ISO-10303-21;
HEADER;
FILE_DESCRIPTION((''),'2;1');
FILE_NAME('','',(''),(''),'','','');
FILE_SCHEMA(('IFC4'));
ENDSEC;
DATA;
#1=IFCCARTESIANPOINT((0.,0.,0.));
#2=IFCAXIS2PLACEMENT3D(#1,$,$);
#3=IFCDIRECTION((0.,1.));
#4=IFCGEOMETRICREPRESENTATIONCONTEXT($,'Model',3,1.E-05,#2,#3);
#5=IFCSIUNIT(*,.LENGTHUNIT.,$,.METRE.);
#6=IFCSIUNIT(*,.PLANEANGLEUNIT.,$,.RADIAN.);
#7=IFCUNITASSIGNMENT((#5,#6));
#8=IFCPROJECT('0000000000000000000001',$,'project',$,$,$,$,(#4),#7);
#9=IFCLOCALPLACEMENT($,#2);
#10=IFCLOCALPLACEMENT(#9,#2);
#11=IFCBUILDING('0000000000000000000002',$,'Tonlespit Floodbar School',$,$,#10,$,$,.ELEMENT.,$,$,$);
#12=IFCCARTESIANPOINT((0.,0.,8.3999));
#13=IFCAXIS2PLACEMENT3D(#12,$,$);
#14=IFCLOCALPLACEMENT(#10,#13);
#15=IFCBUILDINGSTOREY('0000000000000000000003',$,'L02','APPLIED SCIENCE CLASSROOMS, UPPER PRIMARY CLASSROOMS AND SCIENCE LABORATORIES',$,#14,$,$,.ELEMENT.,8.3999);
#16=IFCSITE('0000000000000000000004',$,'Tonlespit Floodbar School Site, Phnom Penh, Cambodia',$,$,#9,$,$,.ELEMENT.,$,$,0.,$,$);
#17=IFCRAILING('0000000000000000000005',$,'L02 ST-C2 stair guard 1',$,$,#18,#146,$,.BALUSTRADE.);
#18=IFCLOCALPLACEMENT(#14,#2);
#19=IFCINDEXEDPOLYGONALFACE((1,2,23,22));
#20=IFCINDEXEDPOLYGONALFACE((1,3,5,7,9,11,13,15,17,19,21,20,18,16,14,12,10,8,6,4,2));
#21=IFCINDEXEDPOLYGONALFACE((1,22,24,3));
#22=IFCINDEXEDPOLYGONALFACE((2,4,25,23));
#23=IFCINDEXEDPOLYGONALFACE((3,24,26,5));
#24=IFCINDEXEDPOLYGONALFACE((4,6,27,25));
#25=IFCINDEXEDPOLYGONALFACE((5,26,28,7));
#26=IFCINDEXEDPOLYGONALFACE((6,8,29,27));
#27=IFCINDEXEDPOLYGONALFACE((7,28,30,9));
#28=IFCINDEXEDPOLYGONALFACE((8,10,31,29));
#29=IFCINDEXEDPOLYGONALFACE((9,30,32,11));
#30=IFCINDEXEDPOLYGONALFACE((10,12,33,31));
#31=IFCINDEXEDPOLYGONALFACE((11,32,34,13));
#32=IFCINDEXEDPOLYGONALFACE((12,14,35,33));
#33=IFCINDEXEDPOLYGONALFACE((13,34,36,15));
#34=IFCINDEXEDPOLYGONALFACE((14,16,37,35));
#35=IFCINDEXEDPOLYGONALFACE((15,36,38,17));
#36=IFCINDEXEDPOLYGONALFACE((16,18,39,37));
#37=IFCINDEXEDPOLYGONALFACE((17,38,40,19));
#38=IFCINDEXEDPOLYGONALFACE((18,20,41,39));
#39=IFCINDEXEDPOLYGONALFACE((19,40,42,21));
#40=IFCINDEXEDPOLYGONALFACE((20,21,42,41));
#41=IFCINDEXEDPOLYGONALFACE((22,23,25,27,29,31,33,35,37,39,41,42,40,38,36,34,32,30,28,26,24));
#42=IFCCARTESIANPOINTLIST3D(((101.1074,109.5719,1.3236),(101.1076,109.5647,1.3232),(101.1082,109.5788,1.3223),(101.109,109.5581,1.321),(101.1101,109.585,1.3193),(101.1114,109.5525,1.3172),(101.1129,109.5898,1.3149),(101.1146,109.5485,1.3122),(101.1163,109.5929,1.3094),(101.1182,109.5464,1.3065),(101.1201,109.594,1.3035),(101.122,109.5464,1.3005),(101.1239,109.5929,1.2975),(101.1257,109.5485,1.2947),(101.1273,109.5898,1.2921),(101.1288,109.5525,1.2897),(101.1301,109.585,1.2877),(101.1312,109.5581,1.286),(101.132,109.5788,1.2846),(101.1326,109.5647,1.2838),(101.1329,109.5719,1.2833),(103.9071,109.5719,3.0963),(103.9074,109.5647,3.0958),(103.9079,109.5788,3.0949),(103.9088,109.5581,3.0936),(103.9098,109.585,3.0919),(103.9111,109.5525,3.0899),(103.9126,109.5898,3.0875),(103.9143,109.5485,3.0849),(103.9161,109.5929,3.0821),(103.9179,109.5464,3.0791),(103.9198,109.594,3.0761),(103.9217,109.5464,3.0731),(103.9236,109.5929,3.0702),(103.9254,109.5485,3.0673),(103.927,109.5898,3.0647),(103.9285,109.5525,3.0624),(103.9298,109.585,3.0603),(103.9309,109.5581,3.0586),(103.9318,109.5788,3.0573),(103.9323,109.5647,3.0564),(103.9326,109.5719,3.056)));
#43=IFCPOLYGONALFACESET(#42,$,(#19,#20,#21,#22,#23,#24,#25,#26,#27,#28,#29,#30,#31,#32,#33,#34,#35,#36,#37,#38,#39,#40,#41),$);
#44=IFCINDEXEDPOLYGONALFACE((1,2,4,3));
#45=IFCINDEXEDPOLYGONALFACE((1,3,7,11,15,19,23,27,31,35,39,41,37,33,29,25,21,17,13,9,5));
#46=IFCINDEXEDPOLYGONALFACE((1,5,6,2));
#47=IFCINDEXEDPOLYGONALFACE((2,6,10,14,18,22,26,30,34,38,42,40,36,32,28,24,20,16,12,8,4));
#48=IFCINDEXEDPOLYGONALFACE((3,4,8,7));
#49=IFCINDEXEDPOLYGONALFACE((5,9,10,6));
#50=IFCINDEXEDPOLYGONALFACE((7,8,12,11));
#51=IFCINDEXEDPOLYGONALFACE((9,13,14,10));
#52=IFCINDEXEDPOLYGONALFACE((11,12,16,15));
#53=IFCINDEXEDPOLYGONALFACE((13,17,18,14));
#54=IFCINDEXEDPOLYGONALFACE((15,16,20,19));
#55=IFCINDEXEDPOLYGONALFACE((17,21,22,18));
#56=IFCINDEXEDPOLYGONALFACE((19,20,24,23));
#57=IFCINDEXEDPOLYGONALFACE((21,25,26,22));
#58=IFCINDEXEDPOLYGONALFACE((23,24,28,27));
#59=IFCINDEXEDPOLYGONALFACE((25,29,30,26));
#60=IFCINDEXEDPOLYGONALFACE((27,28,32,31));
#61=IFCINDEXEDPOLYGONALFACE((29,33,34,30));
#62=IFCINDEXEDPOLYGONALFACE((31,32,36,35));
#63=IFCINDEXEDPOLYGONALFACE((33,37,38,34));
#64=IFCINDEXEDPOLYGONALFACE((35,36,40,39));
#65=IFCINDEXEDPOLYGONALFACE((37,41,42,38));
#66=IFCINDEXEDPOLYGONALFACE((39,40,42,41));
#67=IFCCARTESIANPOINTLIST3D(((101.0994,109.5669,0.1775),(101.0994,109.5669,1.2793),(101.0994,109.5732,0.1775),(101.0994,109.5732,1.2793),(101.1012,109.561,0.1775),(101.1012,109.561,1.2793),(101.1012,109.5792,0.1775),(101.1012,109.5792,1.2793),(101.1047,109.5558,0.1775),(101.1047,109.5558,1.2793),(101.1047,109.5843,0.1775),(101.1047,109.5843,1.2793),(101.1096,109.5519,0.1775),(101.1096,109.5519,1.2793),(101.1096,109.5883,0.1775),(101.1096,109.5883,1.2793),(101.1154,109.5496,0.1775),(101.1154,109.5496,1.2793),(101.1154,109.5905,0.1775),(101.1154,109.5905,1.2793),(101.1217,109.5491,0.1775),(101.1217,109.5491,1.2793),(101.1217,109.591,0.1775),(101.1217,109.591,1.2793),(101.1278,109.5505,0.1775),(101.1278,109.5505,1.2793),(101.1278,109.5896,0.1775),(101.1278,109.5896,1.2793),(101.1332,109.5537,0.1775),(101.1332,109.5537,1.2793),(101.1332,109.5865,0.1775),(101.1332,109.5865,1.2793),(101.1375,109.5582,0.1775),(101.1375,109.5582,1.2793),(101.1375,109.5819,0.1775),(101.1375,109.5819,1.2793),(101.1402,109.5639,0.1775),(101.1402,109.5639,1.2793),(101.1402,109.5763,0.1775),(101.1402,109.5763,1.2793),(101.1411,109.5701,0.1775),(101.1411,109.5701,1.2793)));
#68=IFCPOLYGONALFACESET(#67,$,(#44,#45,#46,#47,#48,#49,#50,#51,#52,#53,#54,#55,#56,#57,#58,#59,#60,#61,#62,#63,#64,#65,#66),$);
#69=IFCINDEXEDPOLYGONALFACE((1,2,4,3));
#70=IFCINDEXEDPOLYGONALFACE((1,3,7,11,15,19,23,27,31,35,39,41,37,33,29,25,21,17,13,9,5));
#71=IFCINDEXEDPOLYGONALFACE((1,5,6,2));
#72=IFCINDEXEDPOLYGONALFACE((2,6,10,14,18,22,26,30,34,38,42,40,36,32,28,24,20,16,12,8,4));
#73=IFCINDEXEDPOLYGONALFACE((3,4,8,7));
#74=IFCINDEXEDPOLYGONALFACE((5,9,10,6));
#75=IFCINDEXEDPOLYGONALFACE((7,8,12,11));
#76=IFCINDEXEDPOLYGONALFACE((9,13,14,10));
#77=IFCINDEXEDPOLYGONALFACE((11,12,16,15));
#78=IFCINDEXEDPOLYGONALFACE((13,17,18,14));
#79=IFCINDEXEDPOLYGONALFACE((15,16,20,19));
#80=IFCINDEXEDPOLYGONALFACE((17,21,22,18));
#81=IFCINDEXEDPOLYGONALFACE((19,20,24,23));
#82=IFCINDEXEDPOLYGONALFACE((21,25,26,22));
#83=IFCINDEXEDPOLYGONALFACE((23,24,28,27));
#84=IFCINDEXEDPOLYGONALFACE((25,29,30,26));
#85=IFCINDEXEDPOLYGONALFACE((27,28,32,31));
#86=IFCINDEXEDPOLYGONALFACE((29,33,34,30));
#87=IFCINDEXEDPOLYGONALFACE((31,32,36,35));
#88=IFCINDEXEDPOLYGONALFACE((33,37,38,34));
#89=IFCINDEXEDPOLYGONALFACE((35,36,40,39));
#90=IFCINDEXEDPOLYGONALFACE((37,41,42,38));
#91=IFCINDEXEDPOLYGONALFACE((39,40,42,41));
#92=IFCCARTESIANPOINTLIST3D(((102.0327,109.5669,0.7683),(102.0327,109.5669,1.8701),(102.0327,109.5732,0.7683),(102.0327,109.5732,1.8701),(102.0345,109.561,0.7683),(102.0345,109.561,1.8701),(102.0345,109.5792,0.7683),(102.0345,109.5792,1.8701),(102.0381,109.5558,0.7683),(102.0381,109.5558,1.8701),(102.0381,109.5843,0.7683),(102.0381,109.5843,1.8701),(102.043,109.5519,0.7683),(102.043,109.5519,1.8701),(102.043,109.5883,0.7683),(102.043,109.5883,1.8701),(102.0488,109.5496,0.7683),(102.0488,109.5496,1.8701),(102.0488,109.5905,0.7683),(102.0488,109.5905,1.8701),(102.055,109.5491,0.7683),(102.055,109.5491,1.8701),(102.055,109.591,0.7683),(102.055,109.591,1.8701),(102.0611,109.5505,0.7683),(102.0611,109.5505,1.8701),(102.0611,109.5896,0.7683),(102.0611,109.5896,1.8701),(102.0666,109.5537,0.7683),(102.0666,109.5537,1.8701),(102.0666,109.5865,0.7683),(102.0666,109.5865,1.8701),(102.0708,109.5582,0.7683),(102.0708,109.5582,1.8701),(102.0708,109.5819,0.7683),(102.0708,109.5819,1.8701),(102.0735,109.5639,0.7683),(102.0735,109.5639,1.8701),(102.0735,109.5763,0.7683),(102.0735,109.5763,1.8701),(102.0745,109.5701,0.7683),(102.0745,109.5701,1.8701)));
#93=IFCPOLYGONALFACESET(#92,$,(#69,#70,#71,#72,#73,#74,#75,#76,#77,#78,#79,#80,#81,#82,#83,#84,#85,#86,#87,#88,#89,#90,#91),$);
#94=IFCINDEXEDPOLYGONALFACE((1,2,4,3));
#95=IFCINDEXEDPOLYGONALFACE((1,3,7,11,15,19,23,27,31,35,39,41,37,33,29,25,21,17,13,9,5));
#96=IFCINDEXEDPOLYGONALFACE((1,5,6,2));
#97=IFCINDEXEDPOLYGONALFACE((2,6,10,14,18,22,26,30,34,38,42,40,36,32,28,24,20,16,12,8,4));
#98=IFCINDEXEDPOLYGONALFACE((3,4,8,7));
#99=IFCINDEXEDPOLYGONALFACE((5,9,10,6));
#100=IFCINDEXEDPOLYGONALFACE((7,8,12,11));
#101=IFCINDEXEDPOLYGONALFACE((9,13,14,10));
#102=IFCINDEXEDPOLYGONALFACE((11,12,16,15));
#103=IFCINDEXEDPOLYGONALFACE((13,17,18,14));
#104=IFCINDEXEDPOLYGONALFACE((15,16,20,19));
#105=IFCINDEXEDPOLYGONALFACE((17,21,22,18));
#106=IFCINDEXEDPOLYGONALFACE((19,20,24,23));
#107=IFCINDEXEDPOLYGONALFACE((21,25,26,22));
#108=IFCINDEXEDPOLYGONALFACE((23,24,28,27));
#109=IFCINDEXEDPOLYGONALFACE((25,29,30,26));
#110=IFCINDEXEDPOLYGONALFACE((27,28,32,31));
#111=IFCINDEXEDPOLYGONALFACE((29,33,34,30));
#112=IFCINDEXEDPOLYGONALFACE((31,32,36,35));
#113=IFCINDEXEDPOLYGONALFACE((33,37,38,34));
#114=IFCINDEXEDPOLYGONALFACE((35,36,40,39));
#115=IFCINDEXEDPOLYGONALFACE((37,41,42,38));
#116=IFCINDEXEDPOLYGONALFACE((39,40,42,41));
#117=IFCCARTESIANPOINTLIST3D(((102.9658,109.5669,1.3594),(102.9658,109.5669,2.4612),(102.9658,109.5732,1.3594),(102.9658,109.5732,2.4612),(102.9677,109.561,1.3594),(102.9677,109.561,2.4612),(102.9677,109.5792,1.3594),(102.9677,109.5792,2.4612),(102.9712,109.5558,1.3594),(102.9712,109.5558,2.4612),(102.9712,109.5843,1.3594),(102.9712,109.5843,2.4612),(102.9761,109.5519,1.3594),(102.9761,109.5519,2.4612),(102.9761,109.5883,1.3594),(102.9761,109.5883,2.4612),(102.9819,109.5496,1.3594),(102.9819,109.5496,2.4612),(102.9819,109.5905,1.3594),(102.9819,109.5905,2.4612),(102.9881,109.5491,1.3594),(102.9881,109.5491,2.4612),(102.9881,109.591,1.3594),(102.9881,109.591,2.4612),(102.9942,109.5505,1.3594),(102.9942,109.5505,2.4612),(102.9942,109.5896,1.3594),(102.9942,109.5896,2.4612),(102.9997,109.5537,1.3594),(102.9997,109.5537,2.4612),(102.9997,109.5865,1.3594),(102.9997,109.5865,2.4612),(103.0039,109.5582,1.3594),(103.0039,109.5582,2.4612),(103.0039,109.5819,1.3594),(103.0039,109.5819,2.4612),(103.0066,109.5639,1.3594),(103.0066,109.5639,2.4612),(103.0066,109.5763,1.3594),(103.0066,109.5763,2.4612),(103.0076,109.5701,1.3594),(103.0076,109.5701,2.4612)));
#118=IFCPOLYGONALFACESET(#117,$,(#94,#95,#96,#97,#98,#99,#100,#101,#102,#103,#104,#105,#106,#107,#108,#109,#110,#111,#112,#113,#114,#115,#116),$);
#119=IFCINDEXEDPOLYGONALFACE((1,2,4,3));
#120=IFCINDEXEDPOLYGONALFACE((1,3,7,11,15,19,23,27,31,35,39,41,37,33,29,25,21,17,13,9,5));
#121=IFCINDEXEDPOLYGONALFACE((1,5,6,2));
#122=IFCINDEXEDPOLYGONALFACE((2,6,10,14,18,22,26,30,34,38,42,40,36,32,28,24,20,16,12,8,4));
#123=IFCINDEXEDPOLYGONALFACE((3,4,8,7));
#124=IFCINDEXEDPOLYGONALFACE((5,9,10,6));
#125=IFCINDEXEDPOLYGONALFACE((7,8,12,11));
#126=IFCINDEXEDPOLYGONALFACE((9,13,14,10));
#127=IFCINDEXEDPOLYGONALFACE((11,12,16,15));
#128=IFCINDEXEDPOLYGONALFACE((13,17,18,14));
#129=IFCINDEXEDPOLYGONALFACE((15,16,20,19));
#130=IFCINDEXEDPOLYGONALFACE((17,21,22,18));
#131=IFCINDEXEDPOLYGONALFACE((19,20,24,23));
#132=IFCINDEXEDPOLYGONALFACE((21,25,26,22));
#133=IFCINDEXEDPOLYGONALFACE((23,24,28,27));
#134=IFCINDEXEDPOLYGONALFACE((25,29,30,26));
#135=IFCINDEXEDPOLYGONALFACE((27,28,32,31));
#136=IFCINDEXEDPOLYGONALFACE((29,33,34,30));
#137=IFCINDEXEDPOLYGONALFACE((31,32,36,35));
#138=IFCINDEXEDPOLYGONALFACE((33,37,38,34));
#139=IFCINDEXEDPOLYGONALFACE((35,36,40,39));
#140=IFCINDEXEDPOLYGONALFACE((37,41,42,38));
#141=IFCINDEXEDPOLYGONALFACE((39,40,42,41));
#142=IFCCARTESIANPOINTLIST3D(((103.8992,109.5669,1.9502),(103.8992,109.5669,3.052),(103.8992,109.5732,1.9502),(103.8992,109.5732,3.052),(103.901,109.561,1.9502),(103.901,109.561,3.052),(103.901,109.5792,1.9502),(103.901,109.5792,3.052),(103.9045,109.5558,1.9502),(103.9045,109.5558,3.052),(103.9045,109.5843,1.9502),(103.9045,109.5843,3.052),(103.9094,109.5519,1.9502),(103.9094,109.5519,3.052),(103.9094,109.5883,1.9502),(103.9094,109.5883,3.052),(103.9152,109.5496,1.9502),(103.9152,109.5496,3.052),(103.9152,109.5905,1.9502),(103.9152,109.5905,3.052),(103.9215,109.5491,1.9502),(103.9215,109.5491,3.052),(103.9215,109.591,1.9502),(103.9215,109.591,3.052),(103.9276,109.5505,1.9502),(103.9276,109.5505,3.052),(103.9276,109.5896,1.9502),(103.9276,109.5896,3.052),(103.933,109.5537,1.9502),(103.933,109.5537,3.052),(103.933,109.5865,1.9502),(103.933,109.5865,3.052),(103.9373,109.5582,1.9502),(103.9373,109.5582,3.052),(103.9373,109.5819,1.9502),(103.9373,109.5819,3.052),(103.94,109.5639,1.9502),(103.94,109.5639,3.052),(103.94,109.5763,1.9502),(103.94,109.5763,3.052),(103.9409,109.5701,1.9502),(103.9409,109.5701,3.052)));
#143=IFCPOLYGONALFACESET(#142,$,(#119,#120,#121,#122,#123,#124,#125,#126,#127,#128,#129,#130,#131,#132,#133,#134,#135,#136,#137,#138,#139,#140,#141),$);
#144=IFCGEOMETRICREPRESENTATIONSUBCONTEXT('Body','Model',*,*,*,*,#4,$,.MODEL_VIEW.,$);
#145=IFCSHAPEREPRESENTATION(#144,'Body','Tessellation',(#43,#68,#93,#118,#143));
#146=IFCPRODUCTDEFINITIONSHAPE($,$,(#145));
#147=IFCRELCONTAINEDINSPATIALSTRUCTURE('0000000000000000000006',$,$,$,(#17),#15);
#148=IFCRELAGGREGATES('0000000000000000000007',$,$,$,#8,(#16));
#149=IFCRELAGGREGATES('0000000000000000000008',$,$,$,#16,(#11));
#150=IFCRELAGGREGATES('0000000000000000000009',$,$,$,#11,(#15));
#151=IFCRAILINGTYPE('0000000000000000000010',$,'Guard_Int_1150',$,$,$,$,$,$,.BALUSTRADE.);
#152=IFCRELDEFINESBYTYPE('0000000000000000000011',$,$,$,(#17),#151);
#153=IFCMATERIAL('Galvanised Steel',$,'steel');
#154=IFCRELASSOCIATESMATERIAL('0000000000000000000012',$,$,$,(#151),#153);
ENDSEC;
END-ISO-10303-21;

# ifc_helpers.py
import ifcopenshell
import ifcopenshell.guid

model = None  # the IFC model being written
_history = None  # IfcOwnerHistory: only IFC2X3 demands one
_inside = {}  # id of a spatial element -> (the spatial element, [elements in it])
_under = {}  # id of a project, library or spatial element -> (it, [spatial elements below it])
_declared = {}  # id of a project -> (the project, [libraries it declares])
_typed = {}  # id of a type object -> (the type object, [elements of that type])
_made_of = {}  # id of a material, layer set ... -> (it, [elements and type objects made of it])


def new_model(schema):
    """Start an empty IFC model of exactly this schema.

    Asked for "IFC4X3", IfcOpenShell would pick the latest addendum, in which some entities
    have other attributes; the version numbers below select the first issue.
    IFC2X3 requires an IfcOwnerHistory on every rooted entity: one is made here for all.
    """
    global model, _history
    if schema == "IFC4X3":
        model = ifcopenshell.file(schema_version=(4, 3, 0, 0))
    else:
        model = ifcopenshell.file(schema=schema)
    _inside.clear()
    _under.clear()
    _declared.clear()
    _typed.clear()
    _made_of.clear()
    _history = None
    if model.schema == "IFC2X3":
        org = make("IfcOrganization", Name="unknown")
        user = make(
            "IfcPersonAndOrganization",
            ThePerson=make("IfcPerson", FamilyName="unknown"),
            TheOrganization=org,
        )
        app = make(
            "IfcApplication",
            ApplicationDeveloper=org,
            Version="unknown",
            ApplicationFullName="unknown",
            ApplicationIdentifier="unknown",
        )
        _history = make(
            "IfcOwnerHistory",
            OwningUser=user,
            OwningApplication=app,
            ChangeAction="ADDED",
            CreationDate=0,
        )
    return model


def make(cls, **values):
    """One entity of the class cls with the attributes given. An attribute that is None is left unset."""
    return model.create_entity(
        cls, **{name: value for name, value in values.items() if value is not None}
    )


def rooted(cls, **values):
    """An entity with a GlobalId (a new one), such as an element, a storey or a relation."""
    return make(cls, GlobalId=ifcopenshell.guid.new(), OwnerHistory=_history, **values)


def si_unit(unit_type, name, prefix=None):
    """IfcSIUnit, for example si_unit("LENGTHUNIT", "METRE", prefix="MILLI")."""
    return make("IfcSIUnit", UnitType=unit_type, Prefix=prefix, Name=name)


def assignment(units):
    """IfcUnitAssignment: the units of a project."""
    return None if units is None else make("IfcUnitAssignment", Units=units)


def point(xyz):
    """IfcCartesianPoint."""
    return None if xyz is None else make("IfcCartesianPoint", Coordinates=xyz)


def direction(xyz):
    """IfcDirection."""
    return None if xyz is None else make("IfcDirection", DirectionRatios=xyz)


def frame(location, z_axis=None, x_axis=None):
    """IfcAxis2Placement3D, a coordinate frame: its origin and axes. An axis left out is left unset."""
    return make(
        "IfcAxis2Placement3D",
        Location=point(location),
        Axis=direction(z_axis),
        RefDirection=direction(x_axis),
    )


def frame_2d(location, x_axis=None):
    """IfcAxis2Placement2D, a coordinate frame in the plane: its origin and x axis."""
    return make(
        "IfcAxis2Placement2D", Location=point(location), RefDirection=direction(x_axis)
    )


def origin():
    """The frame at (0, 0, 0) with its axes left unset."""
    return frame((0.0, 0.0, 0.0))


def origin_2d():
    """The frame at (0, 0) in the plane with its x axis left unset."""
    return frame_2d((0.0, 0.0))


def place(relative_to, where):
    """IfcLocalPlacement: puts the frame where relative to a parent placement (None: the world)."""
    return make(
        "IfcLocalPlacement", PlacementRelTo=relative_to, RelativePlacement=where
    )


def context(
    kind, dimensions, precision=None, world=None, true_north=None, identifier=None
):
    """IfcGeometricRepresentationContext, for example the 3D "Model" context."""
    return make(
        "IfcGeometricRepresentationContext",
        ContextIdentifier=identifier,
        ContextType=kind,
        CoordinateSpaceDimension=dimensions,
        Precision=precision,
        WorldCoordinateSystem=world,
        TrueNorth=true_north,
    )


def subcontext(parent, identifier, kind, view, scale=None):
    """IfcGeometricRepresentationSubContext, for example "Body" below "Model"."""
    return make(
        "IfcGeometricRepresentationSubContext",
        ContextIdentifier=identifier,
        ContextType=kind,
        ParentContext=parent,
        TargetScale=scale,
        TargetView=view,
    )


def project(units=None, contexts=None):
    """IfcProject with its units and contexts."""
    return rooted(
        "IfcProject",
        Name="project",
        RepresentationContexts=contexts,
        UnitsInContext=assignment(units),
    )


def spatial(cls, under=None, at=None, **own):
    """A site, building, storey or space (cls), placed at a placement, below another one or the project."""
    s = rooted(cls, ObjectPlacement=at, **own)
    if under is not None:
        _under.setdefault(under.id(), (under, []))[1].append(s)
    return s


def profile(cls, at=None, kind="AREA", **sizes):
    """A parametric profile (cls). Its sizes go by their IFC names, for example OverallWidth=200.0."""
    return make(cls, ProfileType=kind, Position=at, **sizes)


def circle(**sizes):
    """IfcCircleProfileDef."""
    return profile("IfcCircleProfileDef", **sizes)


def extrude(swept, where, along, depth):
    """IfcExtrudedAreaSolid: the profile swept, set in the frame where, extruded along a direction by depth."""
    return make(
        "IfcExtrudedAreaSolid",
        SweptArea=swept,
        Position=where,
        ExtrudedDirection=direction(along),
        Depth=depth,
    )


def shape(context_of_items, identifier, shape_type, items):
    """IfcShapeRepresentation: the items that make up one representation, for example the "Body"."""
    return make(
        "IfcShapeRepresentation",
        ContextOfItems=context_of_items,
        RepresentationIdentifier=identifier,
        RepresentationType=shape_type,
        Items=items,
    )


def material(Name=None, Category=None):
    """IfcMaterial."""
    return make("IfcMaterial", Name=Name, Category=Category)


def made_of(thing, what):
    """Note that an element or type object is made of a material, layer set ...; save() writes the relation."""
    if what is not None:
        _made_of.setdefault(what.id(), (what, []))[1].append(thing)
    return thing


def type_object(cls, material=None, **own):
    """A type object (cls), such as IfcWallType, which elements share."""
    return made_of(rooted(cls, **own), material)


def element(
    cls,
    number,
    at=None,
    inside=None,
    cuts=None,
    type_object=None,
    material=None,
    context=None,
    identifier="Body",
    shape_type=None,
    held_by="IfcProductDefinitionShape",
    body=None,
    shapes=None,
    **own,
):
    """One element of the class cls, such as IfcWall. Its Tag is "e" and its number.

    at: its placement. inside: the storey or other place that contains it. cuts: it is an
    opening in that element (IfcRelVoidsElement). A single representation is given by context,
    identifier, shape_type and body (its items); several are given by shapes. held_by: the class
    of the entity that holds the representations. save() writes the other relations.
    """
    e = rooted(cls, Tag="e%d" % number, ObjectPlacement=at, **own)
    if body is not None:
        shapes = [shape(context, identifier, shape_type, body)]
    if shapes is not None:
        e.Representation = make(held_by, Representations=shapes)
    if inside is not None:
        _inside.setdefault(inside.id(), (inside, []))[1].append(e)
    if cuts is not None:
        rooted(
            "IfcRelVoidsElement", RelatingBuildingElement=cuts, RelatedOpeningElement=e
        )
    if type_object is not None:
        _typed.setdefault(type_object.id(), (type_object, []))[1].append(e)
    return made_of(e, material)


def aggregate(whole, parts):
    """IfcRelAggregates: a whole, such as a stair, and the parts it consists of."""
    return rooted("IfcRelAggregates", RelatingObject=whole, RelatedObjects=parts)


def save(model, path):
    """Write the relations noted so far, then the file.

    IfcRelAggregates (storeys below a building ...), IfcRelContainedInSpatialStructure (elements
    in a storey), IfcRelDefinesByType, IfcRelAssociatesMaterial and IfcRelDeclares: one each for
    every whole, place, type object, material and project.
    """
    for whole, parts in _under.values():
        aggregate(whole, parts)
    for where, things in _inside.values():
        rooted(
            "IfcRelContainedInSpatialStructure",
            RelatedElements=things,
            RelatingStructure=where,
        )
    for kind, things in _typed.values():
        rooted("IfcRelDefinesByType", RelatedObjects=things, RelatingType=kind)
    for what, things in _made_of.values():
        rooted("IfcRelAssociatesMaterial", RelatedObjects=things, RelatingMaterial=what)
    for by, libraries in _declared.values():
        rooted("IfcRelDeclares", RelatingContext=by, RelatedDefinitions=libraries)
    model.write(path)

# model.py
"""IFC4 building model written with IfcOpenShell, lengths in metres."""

from ifc_helpers import new_model, si_unit, direction, frame, origin, origin_2d, place, context, subcontext, project, spatial, circle, extrude, material, type_object, element, save


model = new_model("IFC4")

# Units and contexts
model_context = context("Model", 3, precision=1e-05, world=origin(), true_north=direction((0.0, 1.0)))
body_context = subcontext(model_context, "Body", "Model", "MODEL_VIEW")
ifc_project = project(units=[si_unit("LENGTHUNIT", "METRE"), si_unit("PLANEANGLEUNIT", "RADIAN")], contexts=[model_context])

# Site, building, storey
site_placement = place(None, origin())
site = spatial("IfcSite", under=ifc_project, at=site_placement, Name="Tonlespit Floodbar School Site, Phnom Penh, Cambodia", CompositionType="ELEMENT", RefElevation=0.0)
building_placement = place(site_placement, origin())
building = spatial("IfcBuilding", under=site, at=building_placement, Name="Tonlespit Floodbar School", CompositionType="ELEMENT")
storey_placement = place(building_placement, frame((0.0, 0.0, 8.3999)))
storey = spatial("IfcBuildingStorey", under=building, at=storey_placement, Name="L02", Description="APPLIED SCIENCE CLASSROOMS, UPPER PRIMARY CLASSROOMS AND SCIENCE LABORATORIES", CompositionType="ELEMENT", Elevation=8.3999)

# Railing
ifc_material_1 = material(Name="Galvanised Steel", Category="steel")
railing_type_1 = type_object("IfcRailingType", Name="Guard_Int_1150", PredefinedType="BALUSTRADE", material=ifc_material_1)
railing_1_placement = place(storey_placement, frame((101.1201, 109.5701, 0.1775)))
element("IfcRailing", 1, at=railing_1_placement, inside=storey, type_object=railing_type_1, Name="L02 ST-C2 stair guard 1", PredefinedType="BALUSTRADE", context=body_context, shape_type="SweptSolid", body=[
    extrude(circle(Radius=0.0239, at=origin_2d()), frame((0.0, 0.0, 1.126), z_axis=(0.844888, 0.0, 0.534943), x_axis=(0.0, 1.0, 0.0)), (0.0, 0.0, 1.0), 3.3137),
    extrude(circle(Radius=0.021, at=origin_2d()), origin(), (0.0, 0.0, 1.0), 1.1018),
    extrude(circle(Radius=0.021, at=origin_2d()), frame((0.9333, 0.0, 0.5908)), (0.0, 0.0, 1.0), 1.1018),
    extrude(circle(Radius=0.021, at=origin_2d()), frame((1.8665, 0.0, 1.1819)), (0.0, 0.0, 1.0), 1.1018),
    extrude(circle(Radius=0.021, at=origin_2d()), frame((2.7998, 0.0, 1.7727)), (0.0, 0.0, 1.0), 1.1018),
])

save(model, "model.ifc")
